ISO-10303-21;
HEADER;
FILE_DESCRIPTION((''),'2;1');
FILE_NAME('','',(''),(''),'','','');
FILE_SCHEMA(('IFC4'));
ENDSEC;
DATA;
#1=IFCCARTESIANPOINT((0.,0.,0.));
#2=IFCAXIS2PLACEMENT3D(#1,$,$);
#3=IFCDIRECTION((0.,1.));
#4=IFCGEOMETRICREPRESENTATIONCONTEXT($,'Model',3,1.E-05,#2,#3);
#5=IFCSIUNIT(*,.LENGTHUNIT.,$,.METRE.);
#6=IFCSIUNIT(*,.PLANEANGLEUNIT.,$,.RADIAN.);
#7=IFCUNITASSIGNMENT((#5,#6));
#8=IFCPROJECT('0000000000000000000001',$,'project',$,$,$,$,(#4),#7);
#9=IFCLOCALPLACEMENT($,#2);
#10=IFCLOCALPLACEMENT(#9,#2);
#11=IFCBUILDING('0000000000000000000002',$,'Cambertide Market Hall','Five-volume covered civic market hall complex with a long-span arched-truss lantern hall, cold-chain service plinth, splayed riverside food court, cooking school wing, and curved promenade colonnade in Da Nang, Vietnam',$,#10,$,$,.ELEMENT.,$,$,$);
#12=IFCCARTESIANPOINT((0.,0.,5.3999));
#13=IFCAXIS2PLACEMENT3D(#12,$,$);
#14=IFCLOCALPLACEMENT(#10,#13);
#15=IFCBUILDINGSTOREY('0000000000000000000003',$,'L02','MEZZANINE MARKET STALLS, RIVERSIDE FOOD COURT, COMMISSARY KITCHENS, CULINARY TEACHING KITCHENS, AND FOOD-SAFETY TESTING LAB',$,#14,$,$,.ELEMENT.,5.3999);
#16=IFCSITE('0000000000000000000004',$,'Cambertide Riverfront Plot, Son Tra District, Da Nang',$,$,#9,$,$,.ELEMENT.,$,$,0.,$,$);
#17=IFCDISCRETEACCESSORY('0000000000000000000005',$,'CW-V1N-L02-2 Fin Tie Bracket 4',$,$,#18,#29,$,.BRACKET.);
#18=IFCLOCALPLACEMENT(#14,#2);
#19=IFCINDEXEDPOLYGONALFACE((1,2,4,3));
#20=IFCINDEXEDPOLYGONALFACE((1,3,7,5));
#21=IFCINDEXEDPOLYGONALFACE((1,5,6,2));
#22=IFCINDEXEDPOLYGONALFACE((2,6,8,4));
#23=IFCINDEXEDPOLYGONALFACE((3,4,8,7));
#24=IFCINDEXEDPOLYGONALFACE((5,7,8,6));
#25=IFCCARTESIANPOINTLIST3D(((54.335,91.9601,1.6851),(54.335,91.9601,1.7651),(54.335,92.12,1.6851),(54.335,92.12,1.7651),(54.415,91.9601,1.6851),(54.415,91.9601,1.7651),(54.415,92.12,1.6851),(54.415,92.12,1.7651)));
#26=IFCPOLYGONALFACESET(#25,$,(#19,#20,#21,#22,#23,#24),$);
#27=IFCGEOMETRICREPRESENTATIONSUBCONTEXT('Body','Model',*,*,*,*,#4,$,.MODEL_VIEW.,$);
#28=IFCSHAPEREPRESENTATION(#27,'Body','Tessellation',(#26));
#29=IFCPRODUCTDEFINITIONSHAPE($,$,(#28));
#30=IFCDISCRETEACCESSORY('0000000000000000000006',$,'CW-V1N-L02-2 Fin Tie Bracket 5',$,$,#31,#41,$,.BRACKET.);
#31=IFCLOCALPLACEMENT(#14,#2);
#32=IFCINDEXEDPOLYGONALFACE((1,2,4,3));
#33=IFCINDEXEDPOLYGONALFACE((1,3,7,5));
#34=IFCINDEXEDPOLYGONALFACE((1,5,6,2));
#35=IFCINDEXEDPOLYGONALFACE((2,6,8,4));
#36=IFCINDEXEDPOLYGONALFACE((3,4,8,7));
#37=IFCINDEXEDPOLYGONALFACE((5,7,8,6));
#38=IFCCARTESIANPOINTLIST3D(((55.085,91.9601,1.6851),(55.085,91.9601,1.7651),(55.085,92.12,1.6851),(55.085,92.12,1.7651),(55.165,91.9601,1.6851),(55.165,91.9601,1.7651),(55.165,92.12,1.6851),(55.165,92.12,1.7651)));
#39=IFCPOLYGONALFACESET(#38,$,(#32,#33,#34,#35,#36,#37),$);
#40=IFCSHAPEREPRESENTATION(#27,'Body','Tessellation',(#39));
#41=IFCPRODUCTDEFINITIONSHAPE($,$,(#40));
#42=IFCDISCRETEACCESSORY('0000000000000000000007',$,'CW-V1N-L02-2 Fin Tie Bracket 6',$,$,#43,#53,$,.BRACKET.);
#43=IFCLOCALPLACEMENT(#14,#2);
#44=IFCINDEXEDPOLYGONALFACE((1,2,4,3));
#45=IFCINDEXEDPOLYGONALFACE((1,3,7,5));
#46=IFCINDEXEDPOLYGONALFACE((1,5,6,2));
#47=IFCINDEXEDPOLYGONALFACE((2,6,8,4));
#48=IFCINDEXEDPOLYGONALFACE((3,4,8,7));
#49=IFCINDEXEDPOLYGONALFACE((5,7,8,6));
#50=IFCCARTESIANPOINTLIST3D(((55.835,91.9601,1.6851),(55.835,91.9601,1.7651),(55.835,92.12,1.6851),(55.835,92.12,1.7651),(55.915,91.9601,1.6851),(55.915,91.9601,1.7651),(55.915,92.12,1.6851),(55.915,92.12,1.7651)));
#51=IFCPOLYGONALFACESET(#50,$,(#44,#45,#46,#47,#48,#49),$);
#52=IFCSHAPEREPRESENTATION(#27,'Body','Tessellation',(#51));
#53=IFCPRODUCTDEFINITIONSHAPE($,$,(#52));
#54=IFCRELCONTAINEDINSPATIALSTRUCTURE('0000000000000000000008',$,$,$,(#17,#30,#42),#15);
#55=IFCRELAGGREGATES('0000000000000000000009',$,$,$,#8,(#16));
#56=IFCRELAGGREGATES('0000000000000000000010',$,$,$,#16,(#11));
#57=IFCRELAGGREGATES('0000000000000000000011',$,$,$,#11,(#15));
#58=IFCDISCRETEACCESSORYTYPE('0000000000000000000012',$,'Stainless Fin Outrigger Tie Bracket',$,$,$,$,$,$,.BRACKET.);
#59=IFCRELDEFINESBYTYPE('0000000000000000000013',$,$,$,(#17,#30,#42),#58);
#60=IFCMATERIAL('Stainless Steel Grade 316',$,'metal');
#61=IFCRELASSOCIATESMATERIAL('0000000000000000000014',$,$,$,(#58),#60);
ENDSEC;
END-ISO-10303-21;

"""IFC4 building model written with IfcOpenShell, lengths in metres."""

from ifc_helpers import new_model, si_unit, direction, frame, origin, origin_2d, place, context, subcontext, project, spatial, rectangle, extrude, material, type_object, element, save


model = new_model("IFC4")

# Units and contexts
model_context = context("Model", 3, precision=1e-05, world=origin(), true_north=direction((0.0, 1.0)))
body_context = subcontext(model_context, "Body", "Model", "MODEL_VIEW")
ifc_project = project(units=[si_unit("LENGTHUNIT", "METRE"), si_unit("PLANEANGLEUNIT", "RADIAN")], contexts=[model_context])

# Site, building, storey
site_placement = place(None, origin())
site = spatial("IfcSite", under=ifc_project, at=site_placement, Name="Cambertide Riverfront Plot, Son Tra District, Da Nang", CompositionType="ELEMENT", RefElevation=0.0)
building_placement = place(site_placement, origin())
building = spatial("IfcBuilding", under=site, at=building_placement, Name="Cambertide Market Hall", Description="Five-volume covered civic market hall complex with a long-span arched-truss lantern hall, cold-chain service plinth, splayed riverside food court, cooking school wing, and curved promenade colonnade in Da Nang, Vietnam", CompositionType="ELEMENT")
storey_placement = place(building_placement, frame((0.0, 0.0, 5.3999)))
storey = spatial("IfcBuildingStorey", under=building, at=storey_placement, Name="L02", Description="MEZZANINE MARKET STALLS, RIVERSIDE FOOD COURT, COMMISSARY KITCHENS, CULINARY TEACHING KITCHENS, AND FOOD-SAFETY TESTING LAB", CompositionType="ELEMENT", Elevation=5.3999)

# Discrete accessories
ifc_material_1 = material(Name="Stainless Steel Grade 316", Category="metal")
discrete_accessory_type = type_object("IfcDiscreteAccessoryType", Name="Stainless Fin Outrigger Tie Bracket", PredefinedType="BRACKET", material=ifc_material_1)
for number, where, z_axis, x_axis, name in (
    (1, (54.375, 92.04, 1.6851), (0.0, 0.0, 1.0), (1.0, 0.0, 0.0), "CW-V1N-L02-2 Fin Tie Bracket 4"),
    (2, (55.125, 92.04, 1.6851), (0.0, 0.0, 1.0), (1.0, 0.0, 0.0), "CW-V1N-L02-2 Fin Tie Bracket 5"),
    (3, (55.875, 92.04, 1.6851), (0.0, 0.0, 1.0), (1.0, 0.0, 0.0), "CW-V1N-L02-2 Fin Tie Bracket 6"),
):
    element("IfcDiscreteAccessory", number, at=place(storey_placement, frame(where, z_axis=z_axis, x_axis=x_axis)), inside=storey, type_object=discrete_accessory_type, Name=name, PredefinedType="BRACKET", context=body_context, shape_type="SweptSolid", body=[
        extrude(rectangle(XDim=0.0801, YDim=0.1599, at=origin_2d()), origin(), (0.0, 0.0, 1.0), 0.0801),
    ])

save(model, "model.ifc")
